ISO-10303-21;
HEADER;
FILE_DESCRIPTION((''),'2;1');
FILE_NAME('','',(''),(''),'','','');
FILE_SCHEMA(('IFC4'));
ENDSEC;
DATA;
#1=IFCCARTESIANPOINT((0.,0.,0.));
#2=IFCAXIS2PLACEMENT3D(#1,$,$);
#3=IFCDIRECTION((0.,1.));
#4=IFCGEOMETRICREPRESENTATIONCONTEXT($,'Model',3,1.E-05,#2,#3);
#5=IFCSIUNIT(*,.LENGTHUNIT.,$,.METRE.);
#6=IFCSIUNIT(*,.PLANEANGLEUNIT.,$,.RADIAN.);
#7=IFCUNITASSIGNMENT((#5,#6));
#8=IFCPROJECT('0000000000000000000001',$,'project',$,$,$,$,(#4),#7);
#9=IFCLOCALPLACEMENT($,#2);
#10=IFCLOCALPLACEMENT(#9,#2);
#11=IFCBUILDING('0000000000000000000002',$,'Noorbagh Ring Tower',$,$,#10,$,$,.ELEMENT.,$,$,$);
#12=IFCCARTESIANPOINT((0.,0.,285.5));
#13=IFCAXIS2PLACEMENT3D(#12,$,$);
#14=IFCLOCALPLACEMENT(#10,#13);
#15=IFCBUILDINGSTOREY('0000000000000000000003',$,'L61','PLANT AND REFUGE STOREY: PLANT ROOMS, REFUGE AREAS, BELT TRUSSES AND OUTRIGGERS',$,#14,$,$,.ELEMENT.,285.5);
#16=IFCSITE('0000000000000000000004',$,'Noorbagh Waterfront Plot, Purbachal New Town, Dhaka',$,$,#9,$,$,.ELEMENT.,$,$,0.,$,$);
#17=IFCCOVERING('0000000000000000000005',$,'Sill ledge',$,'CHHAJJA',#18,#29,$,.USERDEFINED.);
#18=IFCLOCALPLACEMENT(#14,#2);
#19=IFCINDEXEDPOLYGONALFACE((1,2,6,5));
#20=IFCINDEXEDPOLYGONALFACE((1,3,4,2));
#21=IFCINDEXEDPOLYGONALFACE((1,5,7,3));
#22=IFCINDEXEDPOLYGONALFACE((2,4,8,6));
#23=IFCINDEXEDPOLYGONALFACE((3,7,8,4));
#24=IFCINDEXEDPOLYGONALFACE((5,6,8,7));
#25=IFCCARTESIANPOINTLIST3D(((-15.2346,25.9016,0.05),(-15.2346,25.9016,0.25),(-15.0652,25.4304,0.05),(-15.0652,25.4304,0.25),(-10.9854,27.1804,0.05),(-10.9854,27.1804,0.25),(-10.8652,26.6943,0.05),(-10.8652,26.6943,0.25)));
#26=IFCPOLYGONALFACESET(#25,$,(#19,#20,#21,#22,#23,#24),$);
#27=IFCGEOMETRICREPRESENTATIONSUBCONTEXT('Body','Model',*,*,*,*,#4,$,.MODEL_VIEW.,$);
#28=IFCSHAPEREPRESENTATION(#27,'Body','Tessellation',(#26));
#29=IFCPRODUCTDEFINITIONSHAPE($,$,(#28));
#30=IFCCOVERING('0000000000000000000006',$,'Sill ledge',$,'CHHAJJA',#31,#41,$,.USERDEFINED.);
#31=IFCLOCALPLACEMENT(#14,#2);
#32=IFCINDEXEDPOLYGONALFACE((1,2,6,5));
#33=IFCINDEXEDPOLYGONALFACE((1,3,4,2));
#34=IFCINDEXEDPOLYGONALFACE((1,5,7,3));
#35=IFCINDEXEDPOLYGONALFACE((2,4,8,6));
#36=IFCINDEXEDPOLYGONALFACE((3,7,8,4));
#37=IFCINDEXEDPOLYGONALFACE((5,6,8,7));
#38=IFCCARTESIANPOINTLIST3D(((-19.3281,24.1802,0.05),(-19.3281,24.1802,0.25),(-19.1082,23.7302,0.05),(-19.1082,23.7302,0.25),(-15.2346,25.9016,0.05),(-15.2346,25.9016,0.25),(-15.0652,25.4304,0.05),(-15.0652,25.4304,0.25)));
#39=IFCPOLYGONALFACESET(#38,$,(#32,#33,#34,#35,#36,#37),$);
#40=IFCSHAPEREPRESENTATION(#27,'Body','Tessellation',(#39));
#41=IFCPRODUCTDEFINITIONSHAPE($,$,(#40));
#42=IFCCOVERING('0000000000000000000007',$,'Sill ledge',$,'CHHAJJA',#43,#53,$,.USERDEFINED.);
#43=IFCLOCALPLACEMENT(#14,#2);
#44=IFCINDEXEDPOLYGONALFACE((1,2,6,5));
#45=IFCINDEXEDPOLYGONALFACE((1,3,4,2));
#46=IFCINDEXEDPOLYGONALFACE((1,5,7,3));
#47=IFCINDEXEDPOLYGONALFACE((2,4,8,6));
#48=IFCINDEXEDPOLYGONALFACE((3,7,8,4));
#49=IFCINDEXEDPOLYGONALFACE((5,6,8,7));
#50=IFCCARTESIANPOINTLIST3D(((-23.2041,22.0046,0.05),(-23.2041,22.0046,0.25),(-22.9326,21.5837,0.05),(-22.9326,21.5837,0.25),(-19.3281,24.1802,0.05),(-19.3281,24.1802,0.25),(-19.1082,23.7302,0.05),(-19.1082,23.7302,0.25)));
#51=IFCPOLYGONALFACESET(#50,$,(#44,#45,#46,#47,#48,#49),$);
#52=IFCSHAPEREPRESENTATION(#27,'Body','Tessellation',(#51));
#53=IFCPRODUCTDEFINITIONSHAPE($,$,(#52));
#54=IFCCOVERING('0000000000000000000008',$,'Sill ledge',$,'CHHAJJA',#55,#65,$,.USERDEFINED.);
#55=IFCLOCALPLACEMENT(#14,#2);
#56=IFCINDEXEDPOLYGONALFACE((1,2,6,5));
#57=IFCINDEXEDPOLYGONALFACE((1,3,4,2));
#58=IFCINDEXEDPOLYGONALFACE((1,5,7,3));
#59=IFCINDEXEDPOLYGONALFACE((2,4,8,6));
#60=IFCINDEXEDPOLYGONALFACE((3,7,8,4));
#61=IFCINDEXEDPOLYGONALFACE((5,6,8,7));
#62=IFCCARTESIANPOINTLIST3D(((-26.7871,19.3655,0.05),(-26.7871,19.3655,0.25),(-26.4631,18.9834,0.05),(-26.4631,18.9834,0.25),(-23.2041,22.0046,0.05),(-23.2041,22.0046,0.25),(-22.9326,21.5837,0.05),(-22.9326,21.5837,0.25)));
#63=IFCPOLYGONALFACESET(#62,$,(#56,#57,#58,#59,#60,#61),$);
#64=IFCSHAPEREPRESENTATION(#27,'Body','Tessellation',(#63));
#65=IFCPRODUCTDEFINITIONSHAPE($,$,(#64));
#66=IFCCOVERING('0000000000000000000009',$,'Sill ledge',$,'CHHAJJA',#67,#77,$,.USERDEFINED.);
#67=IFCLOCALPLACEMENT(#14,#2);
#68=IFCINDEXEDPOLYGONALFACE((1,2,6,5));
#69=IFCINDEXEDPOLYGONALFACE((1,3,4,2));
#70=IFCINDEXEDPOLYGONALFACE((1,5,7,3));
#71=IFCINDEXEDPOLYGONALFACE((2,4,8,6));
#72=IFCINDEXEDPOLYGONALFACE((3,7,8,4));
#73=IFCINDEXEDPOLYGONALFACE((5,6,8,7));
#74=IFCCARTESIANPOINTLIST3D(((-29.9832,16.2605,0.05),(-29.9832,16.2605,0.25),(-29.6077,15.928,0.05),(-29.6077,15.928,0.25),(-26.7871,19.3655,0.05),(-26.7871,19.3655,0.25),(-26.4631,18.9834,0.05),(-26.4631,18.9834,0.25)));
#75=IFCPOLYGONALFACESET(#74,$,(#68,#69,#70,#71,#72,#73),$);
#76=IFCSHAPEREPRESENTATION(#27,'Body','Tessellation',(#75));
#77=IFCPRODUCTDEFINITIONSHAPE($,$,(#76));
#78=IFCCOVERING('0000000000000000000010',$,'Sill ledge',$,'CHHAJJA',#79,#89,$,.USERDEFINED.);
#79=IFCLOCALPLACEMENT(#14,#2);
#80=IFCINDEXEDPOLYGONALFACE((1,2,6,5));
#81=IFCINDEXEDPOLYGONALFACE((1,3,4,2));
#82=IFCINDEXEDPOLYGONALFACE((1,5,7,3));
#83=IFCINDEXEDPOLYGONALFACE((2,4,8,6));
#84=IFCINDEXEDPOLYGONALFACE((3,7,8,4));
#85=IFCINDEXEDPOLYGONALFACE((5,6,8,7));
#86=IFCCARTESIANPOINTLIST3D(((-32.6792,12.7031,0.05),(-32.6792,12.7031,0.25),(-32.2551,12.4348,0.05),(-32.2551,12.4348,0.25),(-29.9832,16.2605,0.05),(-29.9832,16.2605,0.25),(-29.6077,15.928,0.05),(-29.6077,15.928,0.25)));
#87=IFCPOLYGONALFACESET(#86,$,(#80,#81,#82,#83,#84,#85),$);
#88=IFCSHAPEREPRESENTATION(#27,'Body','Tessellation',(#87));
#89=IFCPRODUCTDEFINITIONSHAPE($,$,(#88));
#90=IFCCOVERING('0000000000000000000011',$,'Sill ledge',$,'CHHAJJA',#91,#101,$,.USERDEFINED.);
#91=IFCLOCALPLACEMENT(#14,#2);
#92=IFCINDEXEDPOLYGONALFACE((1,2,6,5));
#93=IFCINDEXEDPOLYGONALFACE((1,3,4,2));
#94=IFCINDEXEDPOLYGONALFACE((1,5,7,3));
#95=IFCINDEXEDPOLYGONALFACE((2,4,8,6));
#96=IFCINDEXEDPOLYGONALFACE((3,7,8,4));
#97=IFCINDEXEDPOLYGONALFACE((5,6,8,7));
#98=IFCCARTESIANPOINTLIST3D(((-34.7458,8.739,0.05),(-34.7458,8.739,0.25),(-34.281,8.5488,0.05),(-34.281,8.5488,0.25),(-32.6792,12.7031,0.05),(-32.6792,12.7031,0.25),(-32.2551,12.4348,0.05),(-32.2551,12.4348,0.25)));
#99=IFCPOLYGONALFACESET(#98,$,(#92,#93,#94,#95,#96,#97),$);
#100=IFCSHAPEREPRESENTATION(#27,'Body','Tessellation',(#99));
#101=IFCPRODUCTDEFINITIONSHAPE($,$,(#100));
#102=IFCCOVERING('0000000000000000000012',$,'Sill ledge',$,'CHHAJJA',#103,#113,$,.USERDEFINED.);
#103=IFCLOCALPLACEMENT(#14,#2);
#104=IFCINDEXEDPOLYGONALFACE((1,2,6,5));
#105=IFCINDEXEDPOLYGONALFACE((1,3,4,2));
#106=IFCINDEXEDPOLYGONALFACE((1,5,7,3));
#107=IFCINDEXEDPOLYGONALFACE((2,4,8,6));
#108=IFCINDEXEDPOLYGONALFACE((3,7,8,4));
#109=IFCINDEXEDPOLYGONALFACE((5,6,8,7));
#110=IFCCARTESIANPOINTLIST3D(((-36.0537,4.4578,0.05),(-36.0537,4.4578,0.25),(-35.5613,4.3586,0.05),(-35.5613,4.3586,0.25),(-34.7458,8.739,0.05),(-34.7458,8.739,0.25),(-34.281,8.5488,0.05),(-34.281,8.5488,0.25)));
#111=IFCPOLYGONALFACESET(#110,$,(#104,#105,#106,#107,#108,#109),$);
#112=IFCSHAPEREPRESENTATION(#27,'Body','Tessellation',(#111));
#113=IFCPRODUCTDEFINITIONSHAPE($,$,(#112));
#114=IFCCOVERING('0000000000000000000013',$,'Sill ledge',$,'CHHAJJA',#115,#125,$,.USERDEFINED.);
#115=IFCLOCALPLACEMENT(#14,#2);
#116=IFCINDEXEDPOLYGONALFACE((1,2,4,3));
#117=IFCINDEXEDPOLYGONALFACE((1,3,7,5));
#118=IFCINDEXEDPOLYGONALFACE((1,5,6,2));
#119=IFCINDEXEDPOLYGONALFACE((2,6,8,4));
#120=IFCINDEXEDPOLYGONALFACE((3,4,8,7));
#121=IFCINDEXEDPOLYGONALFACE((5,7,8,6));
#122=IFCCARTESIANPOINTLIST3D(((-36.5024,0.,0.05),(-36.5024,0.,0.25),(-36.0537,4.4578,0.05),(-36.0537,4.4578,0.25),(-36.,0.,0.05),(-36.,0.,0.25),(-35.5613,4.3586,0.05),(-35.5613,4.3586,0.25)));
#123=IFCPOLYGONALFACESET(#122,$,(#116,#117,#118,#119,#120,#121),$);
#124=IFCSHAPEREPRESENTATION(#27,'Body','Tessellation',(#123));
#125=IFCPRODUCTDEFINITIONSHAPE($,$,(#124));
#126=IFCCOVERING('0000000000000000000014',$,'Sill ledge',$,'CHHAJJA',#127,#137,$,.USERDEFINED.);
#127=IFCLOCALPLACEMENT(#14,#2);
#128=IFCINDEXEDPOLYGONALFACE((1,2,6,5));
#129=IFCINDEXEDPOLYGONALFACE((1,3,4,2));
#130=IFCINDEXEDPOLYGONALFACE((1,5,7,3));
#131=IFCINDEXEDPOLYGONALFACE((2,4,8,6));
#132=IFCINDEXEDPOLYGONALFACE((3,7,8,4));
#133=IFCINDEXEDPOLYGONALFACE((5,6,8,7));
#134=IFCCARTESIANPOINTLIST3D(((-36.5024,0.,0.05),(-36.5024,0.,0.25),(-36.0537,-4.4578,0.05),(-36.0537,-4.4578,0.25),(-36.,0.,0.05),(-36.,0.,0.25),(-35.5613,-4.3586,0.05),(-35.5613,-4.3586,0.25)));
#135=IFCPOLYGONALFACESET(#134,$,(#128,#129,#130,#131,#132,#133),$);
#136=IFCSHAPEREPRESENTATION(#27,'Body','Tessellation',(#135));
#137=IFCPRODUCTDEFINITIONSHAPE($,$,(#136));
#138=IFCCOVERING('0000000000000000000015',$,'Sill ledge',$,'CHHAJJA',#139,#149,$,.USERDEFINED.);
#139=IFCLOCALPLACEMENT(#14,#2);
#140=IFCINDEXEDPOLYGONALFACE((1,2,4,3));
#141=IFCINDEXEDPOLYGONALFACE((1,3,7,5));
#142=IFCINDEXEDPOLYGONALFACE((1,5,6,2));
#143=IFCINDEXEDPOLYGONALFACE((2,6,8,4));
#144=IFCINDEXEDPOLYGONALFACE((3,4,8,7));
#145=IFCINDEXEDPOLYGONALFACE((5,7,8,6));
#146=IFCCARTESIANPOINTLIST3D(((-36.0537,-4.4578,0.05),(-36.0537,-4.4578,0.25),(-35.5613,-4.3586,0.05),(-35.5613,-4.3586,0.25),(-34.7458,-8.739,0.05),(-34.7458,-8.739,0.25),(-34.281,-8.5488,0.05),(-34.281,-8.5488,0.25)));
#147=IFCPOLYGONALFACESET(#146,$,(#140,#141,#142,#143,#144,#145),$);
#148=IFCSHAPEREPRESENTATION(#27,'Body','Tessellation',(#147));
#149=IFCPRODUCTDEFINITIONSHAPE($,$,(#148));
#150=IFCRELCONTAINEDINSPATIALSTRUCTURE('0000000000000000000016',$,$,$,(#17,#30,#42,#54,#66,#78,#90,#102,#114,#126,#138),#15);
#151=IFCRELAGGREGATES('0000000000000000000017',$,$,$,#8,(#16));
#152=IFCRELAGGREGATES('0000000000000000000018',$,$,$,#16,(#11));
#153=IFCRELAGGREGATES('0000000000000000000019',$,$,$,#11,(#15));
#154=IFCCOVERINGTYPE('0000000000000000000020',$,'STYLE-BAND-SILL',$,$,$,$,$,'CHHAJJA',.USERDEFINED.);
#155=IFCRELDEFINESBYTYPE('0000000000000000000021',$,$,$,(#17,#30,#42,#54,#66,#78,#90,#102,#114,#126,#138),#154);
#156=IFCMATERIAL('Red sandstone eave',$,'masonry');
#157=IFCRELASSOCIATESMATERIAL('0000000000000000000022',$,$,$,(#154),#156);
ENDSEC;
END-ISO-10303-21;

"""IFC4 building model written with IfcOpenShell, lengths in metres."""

from ifc_helpers import new_model, si_unit, direction, frame, origin, place, context, subcontext, project, spatial, polyline, outline, extrude, material, type_object, element, save


model = new_model("IFC4")

# Units and contexts
model_context = context("Model", 3, precision=1e-05, world=origin(), true_north=direction((0.0, 1.0)))
body_context = subcontext(model_context, "Body", "Model", "MODEL_VIEW")
ifc_project = project(units=[si_unit("LENGTHUNIT", "METRE"), si_unit("PLANEANGLEUNIT", "RADIAN")], contexts=[model_context])

# Site, building, storey
site_placement = place(None, origin())
site = spatial("IfcSite", under=ifc_project, at=site_placement, Name="Noorbagh Waterfront Plot, Purbachal New Town, Dhaka", CompositionType="ELEMENT", RefElevation=0.0)
building_placement = place(site_placement, origin())
building = spatial("IfcBuilding", under=site, at=building_placement, Name="Noorbagh Ring Tower", CompositionType="ELEMENT")
storey_placement = place(building_placement, frame((0.0, 0.0, 285.5)))
storey = spatial("IfcBuildingStorey", under=building, at=storey_placement, Name="L61", Description="PLANT AND REFUGE STOREY: PLANT ROOMS, REFUGE AREAS, BELT TRUSSES AND OUTRIGGERS", CompositionType="ELEMENT", Elevation=285.5)

# Coverings
ifc_material_1 = material(Name="Red sandstone eave", Category="masonry")
covering_type_1 = type_object("IfcCoveringType", Name="STYLE-BAND-SILL", ElementType="CHHAJJA", PredefinedType="USERDEFINED", material=ifc_material_1)
covering_1_placement = place(storey_placement, frame((0.0, 0.0, 0.05)))
element("IfcCovering", 1, at=covering_1_placement, inside=storey, type_object=covering_type_1, Name="Sill ledge", ObjectType="CHHAJJA", PredefinedType="USERDEFINED", context=body_context, shape_type="SweptSolid", body=[
    extrude(outline(polyline([(-10.8652, 26.6943), (-15.0652, 25.4304), (-15.2346, 25.9016), (-10.9854, 27.1804), (-10.8652, 26.6943)])), origin(), (0.0, 0.0, 1.0), 0.2),
])
covering_2_placement = place(storey_placement, frame((0.0, 0.0, 0.05)))
element("IfcCovering", 2, at=covering_2_placement, inside=storey, type_object=covering_type_1, Name="Sill ledge", ObjectType="CHHAJJA", PredefinedType="USERDEFINED", context=body_context, shape_type="SweptSolid", body=[
    extrude(outline(polyline([(-15.0652, 25.4304), (-19.1082, 23.7302), (-19.3281, 24.1802), (-15.2346, 25.9016), (-15.0652, 25.4304)])), origin(), (0.0, 0.0, 1.0), 0.2),
])
covering_3_placement = place(storey_placement, frame((0.0, 0.0, 0.05)))
element("IfcCovering", 3, at=covering_3_placement, inside=storey, type_object=covering_type_1, Name="Sill ledge", ObjectType="CHHAJJA", PredefinedType="USERDEFINED", context=body_context, shape_type="SweptSolid", body=[
    extrude(outline(polyline([(-19.1082, 23.7302), (-22.9326, 21.5837), (-23.2041, 22.0046), (-19.3281, 24.1802), (-19.1082, 23.7302)])), origin(), (0.0, 0.0, 1.0), 0.2),
])
covering_4_placement = place(storey_placement, frame((0.0, 0.0, 0.05)))
element("IfcCovering", 4, at=covering_4_placement, inside=storey, type_object=covering_type_1, Name="Sill ledge", ObjectType="CHHAJJA", PredefinedType="USERDEFINED", context=body_context, shape_type="SweptSolid", body=[
    extrude(outline(polyline([(-22.9326, 21.5837), (-26.4631, 18.9834), (-26.7871, 19.3655), (-23.2041, 22.0046), (-22.9326, 21.5837)])), origin(), (0.0, 0.0, 1.0), 0.2),
])
covering_5_placement = place(storey_placement, frame((0.0, 0.0, 0.05)))
element("IfcCovering", 5, at=covering_5_placement, inside=storey, type_object=covering_type_1, Name="Sill ledge", ObjectType="CHHAJJA", PredefinedType="USERDEFINED", context=body_context, shape_type="SweptSolid", body=[
    extrude(outline(polyline([(-26.4631, 18.9834), (-29.6077, 15.928), (-29.9832, 16.2605), (-26.7871, 19.3655), (-26.4631, 18.9834)])), origin(), (0.0, 0.0, 1.0), 0.2),
])
covering_6_placement = place(storey_placement, frame((0.0, 0.0, 0.05)))
element("IfcCovering", 6, at=covering_6_placement, inside=storey, type_object=covering_type_1, Name="Sill ledge", ObjectType="CHHAJJA", PredefinedType="USERDEFINED", context=body_context, shape_type="SweptSolid", body=[
    extrude(outline(polyline([(-29.6077, 15.928), (-32.2551, 12.4348), (-32.6792, 12.7031), (-29.9832, 16.2605), (-29.6077, 15.928)])), origin(), (0.0, 0.0, 1.0), 0.2),
])
covering_7_placement = place(storey_placement, frame((0.0, 0.0, 0.05)))
element("IfcCovering", 7, at=covering_7_placement, inside=storey, type_object=covering_type_1, Name="Sill ledge", ObjectType="CHHAJJA", PredefinedType="USERDEFINED", context=body_context, shape_type="SweptSolid", body=[
    extrude(outline(polyline([(-32.2551, 12.4348), (-34.281, 8.5488), (-34.7458, 8.739), (-32.6792, 12.7031), (-32.2551, 12.4348)])), origin(), (0.0, 0.0, 1.0), 0.2),
])
covering_8_placement = place(storey_placement, frame((0.0, 0.0, 0.05)))
element("IfcCovering", 8, at=covering_8_placement, inside=storey, type_object=covering_type_1, Name="Sill ledge", ObjectType="CHHAJJA", PredefinedType="USERDEFINED", context=body_context, shape_type="SweptSolid", body=[
    extrude(outline(polyline([(-34.281, 8.5488), (-35.5613, 4.3586), (-36.0537, 4.4578), (-34.7458, 8.739), (-34.281, 8.5488)])), origin(), (0.0, 0.0, 1.0), 0.2),
])
covering_9_placement = place(storey_placement, frame((0.0, 0.0, 0.05)))
element("IfcCovering", 9, at=covering_9_placement, inside=storey, type_object=covering_type_1, Name="Sill ledge", ObjectType="CHHAJJA", PredefinedType="USERDEFINED", context=body_context, shape_type="SweptSolid", body=[
    extrude(outline(polyline([(-35.5613, 4.3586), (-36.0, 0.0), (-36.5024, 0.0), (-36.0537, 4.4578), (-35.5613, 4.3586)])), origin(), (0.0, 0.0, 1.0), 0.2),
])
covering_10_placement = place(storey_placement, frame((0.0, 0.0, 0.05)))
element("IfcCovering", 10, at=covering_10_placement, inside=storey, type_object=covering_type_1, Name="Sill ledge", ObjectType="CHHAJJA", PredefinedType="USERDEFINED", context=body_context, shape_type="SweptSolid", body=[
    extrude(outline(polyline([(-36.0, 0.0), (-35.5613, -4.3586), (-36.0537, -4.4578), (-36.5024, 0.0), (-36.0, 0.0)])), origin(), (0.0, 0.0, 1.0), 0.2),
])
covering_11_placement = place(storey_placement, frame((0.0, 0.0, 0.05)))
element("IfcCovering", 11, at=covering_11_placement, inside=storey, type_object=covering_type_1, Name="Sill ledge", ObjectType="CHHAJJA", PredefinedType="USERDEFINED", context=body_context, shape_type="SweptSolid", body=[
    extrude(outline(polyline([(-35.5613, -4.3586), (-34.281, -8.5488), (-34.7458, -8.739), (-36.0537, -4.4578), (-35.5613, -4.3586)])), origin(), (0.0, 0.0, 1.0), 0.2),
])

save(model, "model.ifc")
